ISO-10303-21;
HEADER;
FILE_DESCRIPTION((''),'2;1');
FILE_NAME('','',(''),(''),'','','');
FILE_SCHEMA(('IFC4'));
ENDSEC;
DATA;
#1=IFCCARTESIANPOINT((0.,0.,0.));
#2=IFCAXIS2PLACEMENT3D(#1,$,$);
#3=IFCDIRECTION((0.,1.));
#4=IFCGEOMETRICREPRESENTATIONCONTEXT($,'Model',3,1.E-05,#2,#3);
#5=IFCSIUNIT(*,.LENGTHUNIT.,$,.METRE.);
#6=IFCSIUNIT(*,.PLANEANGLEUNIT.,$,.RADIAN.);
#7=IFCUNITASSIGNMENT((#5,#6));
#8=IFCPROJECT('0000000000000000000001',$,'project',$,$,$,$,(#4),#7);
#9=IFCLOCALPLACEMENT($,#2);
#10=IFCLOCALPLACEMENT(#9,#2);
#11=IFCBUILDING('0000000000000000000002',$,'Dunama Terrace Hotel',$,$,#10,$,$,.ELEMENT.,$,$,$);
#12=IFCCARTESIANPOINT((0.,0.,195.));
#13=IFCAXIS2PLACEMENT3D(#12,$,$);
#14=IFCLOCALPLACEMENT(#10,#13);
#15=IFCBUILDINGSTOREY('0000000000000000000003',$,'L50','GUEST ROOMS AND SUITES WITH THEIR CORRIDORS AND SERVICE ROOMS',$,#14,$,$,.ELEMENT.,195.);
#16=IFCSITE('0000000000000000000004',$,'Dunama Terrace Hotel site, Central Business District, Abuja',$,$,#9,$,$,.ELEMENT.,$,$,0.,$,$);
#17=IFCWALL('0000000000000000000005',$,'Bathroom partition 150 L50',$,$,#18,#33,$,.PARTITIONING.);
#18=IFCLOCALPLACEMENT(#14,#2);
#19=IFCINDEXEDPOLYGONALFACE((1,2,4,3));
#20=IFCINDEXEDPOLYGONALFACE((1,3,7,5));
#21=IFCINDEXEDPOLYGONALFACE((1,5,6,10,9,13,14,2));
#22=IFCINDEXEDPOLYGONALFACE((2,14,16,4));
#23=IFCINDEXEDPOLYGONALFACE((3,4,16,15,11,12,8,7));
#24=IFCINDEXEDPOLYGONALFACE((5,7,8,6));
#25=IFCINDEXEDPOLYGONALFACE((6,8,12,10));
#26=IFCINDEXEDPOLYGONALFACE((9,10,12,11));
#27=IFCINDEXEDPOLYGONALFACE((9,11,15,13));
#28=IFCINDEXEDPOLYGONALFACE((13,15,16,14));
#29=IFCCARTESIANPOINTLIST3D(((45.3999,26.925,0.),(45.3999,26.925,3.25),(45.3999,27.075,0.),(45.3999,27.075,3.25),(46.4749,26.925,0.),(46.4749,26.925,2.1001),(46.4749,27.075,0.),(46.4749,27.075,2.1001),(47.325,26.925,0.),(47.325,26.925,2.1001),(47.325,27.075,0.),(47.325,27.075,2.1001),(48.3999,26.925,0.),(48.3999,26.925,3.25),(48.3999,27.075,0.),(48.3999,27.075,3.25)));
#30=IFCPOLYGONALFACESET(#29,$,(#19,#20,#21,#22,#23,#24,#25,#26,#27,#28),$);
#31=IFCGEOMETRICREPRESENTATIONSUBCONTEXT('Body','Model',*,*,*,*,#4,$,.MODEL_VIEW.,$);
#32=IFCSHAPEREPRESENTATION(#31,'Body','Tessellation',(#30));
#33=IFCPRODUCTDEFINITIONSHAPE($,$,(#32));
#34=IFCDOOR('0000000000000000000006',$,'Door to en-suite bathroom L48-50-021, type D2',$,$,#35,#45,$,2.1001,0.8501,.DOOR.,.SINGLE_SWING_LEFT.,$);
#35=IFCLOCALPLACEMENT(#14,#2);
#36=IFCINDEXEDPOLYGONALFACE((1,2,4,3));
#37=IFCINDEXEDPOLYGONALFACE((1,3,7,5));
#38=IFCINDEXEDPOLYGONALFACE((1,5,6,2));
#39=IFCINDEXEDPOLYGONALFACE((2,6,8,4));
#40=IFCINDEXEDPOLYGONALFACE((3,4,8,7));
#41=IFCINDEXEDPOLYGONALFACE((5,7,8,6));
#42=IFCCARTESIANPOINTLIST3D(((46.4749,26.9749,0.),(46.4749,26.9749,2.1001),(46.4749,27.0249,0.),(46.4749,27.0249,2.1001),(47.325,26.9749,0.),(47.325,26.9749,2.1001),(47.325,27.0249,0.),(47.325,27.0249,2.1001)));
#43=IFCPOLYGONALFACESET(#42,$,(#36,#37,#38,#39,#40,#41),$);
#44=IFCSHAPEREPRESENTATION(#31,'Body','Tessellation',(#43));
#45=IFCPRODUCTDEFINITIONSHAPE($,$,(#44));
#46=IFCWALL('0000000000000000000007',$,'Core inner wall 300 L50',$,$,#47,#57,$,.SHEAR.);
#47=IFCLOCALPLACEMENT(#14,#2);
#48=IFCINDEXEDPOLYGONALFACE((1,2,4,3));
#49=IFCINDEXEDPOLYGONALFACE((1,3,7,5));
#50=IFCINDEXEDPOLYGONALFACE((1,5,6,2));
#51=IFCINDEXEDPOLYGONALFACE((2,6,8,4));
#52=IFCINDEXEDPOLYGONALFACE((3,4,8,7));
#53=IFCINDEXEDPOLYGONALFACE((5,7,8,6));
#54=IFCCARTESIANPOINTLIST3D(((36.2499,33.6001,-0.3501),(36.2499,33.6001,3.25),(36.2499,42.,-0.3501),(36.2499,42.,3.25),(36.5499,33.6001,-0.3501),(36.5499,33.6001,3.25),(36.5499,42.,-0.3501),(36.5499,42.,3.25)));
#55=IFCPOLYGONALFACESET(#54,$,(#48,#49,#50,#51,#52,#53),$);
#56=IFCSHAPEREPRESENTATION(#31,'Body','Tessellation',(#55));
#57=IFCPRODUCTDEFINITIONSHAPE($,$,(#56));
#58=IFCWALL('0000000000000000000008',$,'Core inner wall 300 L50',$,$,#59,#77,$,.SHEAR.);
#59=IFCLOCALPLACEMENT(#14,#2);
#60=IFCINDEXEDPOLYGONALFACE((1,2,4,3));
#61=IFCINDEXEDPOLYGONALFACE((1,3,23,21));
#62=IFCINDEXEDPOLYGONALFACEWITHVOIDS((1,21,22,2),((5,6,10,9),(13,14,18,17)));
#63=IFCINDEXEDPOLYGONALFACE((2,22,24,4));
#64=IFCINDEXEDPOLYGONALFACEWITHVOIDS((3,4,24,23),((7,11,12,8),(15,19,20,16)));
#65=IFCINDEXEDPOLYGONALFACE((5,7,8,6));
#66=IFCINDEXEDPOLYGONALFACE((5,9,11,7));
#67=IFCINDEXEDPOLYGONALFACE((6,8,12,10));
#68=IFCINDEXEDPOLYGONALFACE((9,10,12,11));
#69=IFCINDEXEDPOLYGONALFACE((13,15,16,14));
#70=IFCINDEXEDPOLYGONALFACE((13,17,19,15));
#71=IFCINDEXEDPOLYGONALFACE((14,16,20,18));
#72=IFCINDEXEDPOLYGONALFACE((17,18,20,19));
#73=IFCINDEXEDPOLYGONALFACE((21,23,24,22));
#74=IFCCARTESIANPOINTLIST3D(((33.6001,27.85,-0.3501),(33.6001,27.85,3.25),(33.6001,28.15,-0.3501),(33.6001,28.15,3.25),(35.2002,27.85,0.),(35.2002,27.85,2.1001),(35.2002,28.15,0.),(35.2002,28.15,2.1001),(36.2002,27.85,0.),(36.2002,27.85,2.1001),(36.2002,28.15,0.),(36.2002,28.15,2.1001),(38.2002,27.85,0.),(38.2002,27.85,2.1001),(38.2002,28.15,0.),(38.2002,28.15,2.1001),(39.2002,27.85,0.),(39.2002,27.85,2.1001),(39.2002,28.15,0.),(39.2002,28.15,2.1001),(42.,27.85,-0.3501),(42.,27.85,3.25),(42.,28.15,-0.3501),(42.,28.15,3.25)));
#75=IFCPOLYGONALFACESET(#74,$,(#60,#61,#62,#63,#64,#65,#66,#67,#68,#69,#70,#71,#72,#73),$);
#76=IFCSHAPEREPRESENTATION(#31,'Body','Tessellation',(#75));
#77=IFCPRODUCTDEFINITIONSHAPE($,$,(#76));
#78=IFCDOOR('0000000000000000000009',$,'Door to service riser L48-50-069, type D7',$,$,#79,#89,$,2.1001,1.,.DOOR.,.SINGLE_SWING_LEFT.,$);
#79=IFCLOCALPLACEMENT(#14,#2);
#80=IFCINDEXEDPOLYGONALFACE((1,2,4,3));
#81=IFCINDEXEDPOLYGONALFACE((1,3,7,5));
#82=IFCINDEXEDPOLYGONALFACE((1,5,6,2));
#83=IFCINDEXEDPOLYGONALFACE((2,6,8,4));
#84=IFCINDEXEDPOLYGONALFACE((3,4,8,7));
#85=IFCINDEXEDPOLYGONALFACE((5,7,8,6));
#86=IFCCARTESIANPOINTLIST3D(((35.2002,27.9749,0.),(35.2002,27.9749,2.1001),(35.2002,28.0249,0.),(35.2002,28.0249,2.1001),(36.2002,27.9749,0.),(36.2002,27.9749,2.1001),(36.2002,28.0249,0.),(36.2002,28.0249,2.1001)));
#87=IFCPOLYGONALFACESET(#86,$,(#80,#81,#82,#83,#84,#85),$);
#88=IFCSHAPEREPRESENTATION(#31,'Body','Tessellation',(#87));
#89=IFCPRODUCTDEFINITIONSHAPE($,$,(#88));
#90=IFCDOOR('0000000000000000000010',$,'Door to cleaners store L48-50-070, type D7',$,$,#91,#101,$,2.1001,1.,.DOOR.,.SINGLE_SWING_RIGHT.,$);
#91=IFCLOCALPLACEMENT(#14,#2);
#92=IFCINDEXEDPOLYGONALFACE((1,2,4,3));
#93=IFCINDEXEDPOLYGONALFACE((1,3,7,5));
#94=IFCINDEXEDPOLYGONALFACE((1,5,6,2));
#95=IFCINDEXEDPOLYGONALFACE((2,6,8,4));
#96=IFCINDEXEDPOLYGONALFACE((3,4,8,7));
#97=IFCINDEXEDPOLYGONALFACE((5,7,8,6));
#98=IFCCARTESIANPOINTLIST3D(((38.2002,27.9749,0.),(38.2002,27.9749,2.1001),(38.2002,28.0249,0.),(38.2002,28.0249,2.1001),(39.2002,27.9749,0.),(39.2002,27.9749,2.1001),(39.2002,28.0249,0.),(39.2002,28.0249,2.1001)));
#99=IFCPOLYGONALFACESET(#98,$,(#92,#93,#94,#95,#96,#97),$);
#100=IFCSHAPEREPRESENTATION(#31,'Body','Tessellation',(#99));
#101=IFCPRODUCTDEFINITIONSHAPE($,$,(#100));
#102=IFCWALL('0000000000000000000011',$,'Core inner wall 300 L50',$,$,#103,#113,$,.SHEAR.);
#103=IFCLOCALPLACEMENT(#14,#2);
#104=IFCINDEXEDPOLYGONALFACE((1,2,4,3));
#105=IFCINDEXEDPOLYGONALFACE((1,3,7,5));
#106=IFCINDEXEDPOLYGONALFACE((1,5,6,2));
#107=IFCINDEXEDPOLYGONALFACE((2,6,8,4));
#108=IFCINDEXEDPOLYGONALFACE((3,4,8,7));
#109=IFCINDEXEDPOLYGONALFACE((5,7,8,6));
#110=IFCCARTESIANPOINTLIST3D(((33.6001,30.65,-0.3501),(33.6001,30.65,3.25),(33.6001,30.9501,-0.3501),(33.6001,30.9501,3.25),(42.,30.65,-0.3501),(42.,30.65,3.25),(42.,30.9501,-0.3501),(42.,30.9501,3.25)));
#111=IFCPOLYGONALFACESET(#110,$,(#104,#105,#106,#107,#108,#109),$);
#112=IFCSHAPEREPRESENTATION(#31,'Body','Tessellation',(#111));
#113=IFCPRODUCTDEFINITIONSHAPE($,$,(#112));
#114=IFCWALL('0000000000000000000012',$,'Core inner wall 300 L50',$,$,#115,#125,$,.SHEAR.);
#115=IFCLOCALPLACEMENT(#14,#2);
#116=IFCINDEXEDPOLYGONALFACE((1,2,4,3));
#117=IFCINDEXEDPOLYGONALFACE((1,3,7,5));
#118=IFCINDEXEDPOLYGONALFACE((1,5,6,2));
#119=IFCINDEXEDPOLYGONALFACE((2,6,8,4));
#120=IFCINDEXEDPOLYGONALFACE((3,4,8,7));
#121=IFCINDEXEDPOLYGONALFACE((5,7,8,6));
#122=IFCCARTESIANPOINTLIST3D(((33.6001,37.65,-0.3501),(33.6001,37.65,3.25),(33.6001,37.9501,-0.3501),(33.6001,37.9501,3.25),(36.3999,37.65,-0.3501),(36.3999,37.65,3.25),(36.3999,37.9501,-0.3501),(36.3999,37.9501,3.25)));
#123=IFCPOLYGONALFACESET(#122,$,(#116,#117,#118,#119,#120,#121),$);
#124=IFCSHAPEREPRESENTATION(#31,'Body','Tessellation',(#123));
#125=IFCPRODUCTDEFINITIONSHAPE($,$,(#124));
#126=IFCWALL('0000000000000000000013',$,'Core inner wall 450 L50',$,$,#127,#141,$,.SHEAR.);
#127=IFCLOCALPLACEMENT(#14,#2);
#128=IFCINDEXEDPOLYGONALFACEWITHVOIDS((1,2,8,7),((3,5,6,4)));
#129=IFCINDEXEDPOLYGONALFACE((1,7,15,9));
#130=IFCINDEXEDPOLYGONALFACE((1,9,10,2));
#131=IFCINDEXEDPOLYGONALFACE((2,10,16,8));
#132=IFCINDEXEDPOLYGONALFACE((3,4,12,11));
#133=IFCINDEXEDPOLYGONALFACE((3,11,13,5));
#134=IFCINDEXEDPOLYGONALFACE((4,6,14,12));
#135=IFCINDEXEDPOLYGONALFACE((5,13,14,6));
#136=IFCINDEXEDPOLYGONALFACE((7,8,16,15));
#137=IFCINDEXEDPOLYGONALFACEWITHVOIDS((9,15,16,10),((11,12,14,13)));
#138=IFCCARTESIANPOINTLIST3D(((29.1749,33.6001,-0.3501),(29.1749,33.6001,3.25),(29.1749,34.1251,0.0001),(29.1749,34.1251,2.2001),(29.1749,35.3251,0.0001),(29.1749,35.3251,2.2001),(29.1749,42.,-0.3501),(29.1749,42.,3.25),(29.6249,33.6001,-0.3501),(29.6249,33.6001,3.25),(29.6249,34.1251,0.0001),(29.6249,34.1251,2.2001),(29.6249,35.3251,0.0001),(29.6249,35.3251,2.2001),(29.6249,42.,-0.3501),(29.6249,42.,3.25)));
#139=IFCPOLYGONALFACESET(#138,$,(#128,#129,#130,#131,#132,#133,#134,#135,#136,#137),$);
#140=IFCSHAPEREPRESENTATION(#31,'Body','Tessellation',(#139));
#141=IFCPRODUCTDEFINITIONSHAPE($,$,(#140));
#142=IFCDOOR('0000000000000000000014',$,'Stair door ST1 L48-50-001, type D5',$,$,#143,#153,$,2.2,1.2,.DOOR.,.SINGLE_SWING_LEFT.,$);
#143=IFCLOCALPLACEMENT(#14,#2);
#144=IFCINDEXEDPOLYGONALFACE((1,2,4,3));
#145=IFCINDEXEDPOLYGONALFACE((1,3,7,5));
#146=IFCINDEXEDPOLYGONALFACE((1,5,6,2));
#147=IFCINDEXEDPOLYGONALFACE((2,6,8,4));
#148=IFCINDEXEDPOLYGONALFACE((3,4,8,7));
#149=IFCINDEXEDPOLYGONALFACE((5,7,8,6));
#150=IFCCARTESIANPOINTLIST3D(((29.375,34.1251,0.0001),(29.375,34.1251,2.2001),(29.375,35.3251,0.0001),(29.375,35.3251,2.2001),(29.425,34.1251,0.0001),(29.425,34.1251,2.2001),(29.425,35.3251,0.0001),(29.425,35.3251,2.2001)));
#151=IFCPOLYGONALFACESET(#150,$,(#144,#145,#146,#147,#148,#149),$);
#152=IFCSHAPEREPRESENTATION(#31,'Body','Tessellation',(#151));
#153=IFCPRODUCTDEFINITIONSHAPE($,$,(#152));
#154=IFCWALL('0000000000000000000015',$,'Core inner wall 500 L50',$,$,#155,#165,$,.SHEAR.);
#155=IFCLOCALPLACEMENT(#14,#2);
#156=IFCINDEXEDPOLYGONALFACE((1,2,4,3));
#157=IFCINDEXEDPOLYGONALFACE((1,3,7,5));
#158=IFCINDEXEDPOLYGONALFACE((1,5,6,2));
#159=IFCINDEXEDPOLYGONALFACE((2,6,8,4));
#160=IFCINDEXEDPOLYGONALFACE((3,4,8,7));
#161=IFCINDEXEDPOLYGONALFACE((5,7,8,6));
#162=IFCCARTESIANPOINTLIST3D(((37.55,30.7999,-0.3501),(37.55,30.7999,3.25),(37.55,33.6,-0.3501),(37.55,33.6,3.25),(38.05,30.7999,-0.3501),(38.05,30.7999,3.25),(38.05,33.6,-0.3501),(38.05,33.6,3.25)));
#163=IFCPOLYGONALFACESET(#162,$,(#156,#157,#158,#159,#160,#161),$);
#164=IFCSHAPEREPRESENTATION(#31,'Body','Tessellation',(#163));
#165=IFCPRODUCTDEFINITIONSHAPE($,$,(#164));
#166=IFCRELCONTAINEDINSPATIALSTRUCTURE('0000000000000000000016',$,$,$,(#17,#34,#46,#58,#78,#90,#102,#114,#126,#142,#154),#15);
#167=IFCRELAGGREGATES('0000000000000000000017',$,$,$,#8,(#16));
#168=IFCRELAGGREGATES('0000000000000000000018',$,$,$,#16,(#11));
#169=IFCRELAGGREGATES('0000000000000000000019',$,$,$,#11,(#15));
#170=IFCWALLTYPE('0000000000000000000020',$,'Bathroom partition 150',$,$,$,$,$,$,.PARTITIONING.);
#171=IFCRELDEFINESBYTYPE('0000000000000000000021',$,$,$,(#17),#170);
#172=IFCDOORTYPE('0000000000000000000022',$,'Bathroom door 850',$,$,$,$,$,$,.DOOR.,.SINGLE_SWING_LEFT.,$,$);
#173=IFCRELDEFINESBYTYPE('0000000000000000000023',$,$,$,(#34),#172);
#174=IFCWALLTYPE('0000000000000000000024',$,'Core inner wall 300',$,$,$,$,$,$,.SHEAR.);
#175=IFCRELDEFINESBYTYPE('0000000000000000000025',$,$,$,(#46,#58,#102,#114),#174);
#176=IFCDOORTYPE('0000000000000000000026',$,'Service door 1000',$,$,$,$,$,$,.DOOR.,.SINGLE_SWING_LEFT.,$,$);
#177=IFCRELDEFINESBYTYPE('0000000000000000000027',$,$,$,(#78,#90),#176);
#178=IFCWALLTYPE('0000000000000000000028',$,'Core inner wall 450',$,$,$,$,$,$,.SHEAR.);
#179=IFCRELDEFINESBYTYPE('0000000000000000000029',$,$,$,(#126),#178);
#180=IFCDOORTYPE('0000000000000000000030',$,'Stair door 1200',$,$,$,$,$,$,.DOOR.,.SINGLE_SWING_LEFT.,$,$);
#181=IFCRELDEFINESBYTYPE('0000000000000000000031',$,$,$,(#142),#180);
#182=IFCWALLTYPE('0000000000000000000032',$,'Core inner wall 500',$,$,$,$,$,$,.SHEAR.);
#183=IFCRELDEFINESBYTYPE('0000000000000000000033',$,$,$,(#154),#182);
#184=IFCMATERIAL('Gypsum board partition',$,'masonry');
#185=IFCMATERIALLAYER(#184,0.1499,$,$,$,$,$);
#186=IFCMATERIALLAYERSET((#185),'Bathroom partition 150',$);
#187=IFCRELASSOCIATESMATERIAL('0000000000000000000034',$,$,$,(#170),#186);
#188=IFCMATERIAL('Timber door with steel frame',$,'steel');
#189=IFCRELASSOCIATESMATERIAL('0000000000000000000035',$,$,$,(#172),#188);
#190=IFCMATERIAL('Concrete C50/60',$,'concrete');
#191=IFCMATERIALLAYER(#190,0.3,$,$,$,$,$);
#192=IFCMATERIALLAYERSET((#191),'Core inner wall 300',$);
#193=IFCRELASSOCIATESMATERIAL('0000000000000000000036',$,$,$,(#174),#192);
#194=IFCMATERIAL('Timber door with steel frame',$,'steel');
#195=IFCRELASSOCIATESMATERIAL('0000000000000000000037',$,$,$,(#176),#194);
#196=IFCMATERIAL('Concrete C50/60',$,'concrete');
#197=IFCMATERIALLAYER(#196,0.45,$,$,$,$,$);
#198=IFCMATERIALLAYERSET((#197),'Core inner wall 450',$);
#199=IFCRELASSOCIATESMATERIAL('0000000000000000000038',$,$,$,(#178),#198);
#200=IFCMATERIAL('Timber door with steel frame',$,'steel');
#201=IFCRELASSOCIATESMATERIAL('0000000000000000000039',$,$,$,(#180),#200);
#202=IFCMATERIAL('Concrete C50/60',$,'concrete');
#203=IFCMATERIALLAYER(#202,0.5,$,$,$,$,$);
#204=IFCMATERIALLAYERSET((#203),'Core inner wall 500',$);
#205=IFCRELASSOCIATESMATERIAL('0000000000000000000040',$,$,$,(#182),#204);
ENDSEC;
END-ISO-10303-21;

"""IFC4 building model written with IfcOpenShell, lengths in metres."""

from ifc_helpers import new_model, si_unit, direction, frame, frame_2d, origin, place, context, subcontext, project, spatial, rectangle, extrude, material, layer, layer_set, type_object, element, fill, save


model = new_model("IFC4")

# Units and contexts
model_context = context("Model", 3, precision=1e-05, world=origin(), true_north=direction((0.0, 1.0)))
body_context = subcontext(model_context, "Body", "Model", "MODEL_VIEW")
ifc_project = project(units=[si_unit("LENGTHUNIT", "METRE"), si_unit("PLANEANGLEUNIT", "RADIAN")], contexts=[model_context])

# Site, building, storey
site_placement = place(None, origin())
site = spatial("IfcSite", under=ifc_project, at=site_placement, Name="Dunama Terrace Hotel site, Central Business District, Abuja", CompositionType="ELEMENT", RefElevation=0.0)
building_placement = place(site_placement, origin())
building = spatial("IfcBuilding", under=site, at=building_placement, Name="Dunama Terrace Hotel", CompositionType="ELEMENT")
storey_placement = place(building_placement, frame((0.0, 0.0, 195.0)))
storey = spatial("IfcBuildingStorey", under=building, at=storey_placement, Name="L50", Description="GUEST ROOMS AND SUITES WITH THEIR CORRIDORS AND SERVICE ROOMS", CompositionType="ELEMENT", Elevation=195.0)

# Wall, opening, door
ifc_material_1 = material(Name="Gypsum board partition", Category="masonry")
ifc_layer_1 = layer(ifc_material_1, 0.1499)
ifc_layer_set_1 = layer_set([ifc_layer_1], Name="Bathroom partition 150")
wall_type_1 = type_object("IfcWallType", Name="Bathroom partition 150", PredefinedType="PARTITIONING", material=ifc_layer_set_1)
wall_1_placement = place(storey_placement, frame((45.3999, 27.0, 0.0), z_axis=(0.0, 0.0, 1.0), x_axis=(1.0, 0.0, 0.0)))
wall_1 = element("IfcWall", 1, at=wall_1_placement, inside=storey, type_object=wall_type_1, Name="Bathroom partition 150 L50", PredefinedType="PARTITIONING", context=body_context, shape_type="SweptSolid", body=[
    extrude(rectangle(XDim=3.0, YDim=0.1499, at=frame_2d((1.5, 0.0))), origin(), (0.0, 0.0, 1.0), 3.25),
])
opening_1_placement = place(wall_1_placement, frame((1.075, 0.0, 0.0)))
opening_1 = element("IfcOpeningElement", 2, at=opening_1_placement, cuts=wall_1, PredefinedType="OPENING", context=body_context, shape_type="SweptSolid", body=[
    extrude(rectangle(XDim=0.8501, YDim=2.1001, at=frame_2d((0.425, 1.05))), frame((0.0, 0.085, 0.0), z_axis=(0.0, -1.0, 0.0), x_axis=(1.0, 0.0, 0.0)), (0.0, 0.0, 1.0), 0.1699),
])
ifc_material_2 = material(Name="Timber door with steel frame", Category="steel")
door_type_1 = type_object("IfcDoorType", Name="Bathroom door 850", OperationType="SINGLE_SWING_LEFT", PredefinedType="DOOR", material=ifc_material_2)
door_1_placement = place(opening_1_placement, origin())
door_1 = element("IfcDoor", 3, at=door_1_placement, inside=storey, type_object=door_type_1, Name="Door to en-suite bathroom L48-50-021, type D2", OperationType="SINGLE_SWING_LEFT", OverallHeight=2.1001, OverallWidth=0.8501, PredefinedType="DOOR", context=body_context, shape_type="SweptSolid", body=[
    extrude(rectangle(XDim=0.8501, YDim=2.1001, at=frame_2d((0.425, 1.05))), frame((0.0, 0.0249, 0.0), z_axis=(0.0, -1.0, 0.0), x_axis=(1.0, 0.0, 0.0)), (0.0, 0.0, 1.0), 0.05),
])
fill(opening_1, door_1)

# Wall
ifc_material_3 = material(Name="Concrete C50/60", Category="concrete")
ifc_layer_2 = layer(ifc_material_3, 0.3)
ifc_layer_set_2 = layer_set([ifc_layer_2], Name="Core inner wall 300")
wall_type_2 = type_object("IfcWallType", Name="Core inner wall 300", PredefinedType="SHEAR", material=ifc_layer_set_2)
wall_2_placement = place(storey_placement, frame((36.3999, 33.6001, -0.3501), z_axis=(0.0, 0.0, 1.0), x_axis=(0.0, 1.0, 0.0)))
element("IfcWall", 4, at=wall_2_placement, inside=storey, type_object=wall_type_2, Name="Core inner wall 300 L50", PredefinedType="SHEAR", context=body_context, shape_type="SweptSolid", body=[
    extrude(rectangle(XDim=8.3999, YDim=0.3, at=frame_2d((4.2, 0.0))), origin(), (0.0, 0.0, 1.0), 3.6001),
])

# Wall, openings, doors
wall_3_placement = place(storey_placement, frame((33.6001, 28.0, -0.3501), z_axis=(0.0, 0.0, 1.0), x_axis=(1.0, 0.0, 0.0)))
wall_3 = element("IfcWall", 5, at=wall_3_placement, inside=storey, type_object=wall_type_2, Name="Core inner wall 300 L50", PredefinedType="SHEAR", context=body_context, shape_type="SweptSolid", body=[
    extrude(rectangle(XDim=8.3999, YDim=0.3, at=frame_2d((4.2, 0.0))), origin(), (0.0, 0.0, 1.0), 3.6001),
])
opening_2_placement = place(wall_3_placement, frame((1.6001, 0.0, 0.3501)))
opening_2 = element("IfcOpeningElement", 6, at=opening_2_placement, cuts=wall_3, PredefinedType="OPENING", context=body_context, shape_type="SweptSolid", body=[
    extrude(rectangle(XDim=1.0, YDim=2.1001, at=frame_2d((0.5, 1.05))), frame((0.0, 0.1599, 0.0), z_axis=(0.0, -1.0, 0.0), x_axis=(1.0, 0.0, 0.0)), (0.0, 0.0, 1.0), 0.3201),
])
opening_3_placement = place(wall_3_placement, frame((4.6001, 0.0, 0.3501)))
opening_3 = element("IfcOpeningElement", 7, at=opening_3_placement, cuts=wall_3, PredefinedType="OPENING", context=body_context, shape_type="SweptSolid", body=[
    extrude(rectangle(XDim=1.0, YDim=2.1001, at=frame_2d((0.5, 1.05))), frame((0.0, 0.1599, 0.0), z_axis=(0.0, -1.0, 0.0), x_axis=(1.0, 0.0, 0.0)), (0.0, 0.0, 1.0), 0.3201),
])
ifc_material_4 = material(Name="Timber door with steel frame", Category="steel")
door_type_2 = type_object("IfcDoorType", Name="Service door 1000", OperationType="SINGLE_SWING_LEFT", PredefinedType="DOOR", material=ifc_material_4)
door_2_placement = place(opening_2_placement, frame((1.0, 0.0, 0.0), z_axis=(0.0, 0.0, 1.0), x_axis=(-1.0, 0.0, 0.0)))
door_2 = element("IfcDoor", 8, at=door_2_placement, inside=storey, type_object=door_type_2, Name="Door to service riser L48-50-069, type D7", OperationType="SINGLE_SWING_LEFT", OverallHeight=2.1001, OverallWidth=1.0, PredefinedType="DOOR", context=body_context, shape_type="SweptSolid", body=[
    extrude(rectangle(XDim=1.0, YDim=2.1001, at=frame_2d((0.5, 1.05))), frame((0.0, 0.0251, 0.0), z_axis=(0.0, -1.0, 0.0), x_axis=(1.0, 0.0, 0.0)), (0.0, 0.0, 1.0), 0.05),
])
fill(opening_2, door_2)
door_3_placement = place(opening_3_placement, frame((1.0, 0.0, 0.0), z_axis=(0.0, 0.0, 1.0), x_axis=(-1.0, 0.0, 0.0)))
door_3 = element("IfcDoor", 9, at=door_3_placement, inside=storey, type_object=door_type_2, Name="Door to cleaners store L48-50-070, type D7", OperationType="SINGLE_SWING_RIGHT", OverallHeight=2.1001, OverallWidth=1.0, PredefinedType="DOOR", context=body_context, shape_type="SweptSolid", body=[
    extrude(rectangle(XDim=1.0, YDim=2.1001, at=frame_2d((0.5, 1.05))), frame((0.0, 0.0251, 0.0), z_axis=(0.0, -1.0, 0.0), x_axis=(1.0, 0.0, 0.0)), (0.0, 0.0, 1.0), 0.05),
])
fill(opening_3, door_3)

# Walls
wall_4_placement = place(storey_placement, frame((33.6001, 30.8, -0.3501), z_axis=(0.0, 0.0, 1.0), x_axis=(1.0, 0.0, 0.0)))
element("IfcWall", 10, at=wall_4_placement, inside=storey, type_object=wall_type_2, Name="Core inner wall 300 L50", PredefinedType="SHEAR", context=body_context, shape_type="SweptSolid", body=[
    extrude(rectangle(XDim=8.3999, YDim=0.3, at=frame_2d((4.2, 0.0))), origin(), (0.0, 0.0, 1.0), 3.6001),
])
wall_5_placement = place(storey_placement, frame((33.6001, 37.8, -0.3501), z_axis=(0.0, 0.0, 1.0), x_axis=(1.0, 0.0, 0.0)))
element("IfcWall", 11, at=wall_5_placement, inside=storey, type_object=wall_type_2, Name="Core inner wall 300 L50", PredefinedType="SHEAR", context=body_context, shape_type="SweptSolid", body=[
    extrude(rectangle(XDim=2.7998, YDim=0.3, at=frame_2d((1.3999, 0.0))), origin(), (0.0, 0.0, 1.0), 3.6001),
])

# Wall, opening, door
ifc_material_5 = material(Name="Concrete C50/60", Category="concrete")
ifc_layer_3 = layer(ifc_material_5, 0.45)
ifc_layer_set_3 = layer_set([ifc_layer_3], Name="Core inner wall 450")
wall_type_3 = type_object("IfcWallType", Name="Core inner wall 450", PredefinedType="SHEAR", material=ifc_layer_set_3)
wall_6_placement = place(storey_placement, frame((29.3999, 33.6001, -0.3501), z_axis=(0.0, 0.0, 1.0), x_axis=(0.0, 1.0, 0.0)))
wall_6 = element("IfcWall", 12, at=wall_6_placement, inside=storey, type_object=wall_type_3, Name="Core inner wall 450 L50", PredefinedType="SHEAR", context=body_context, shape_type="SweptSolid", body=[
    extrude(rectangle(XDim=8.3999, YDim=0.45, at=frame_2d((4.2, 0.0))), origin(), (0.0, 0.0, 1.0), 3.6001),
])
opening_4_placement = place(wall_6_placement, frame((0.5249, 0.0, 0.3501)))
opening_4 = element("IfcOpeningElement", 13, at=opening_4_placement, cuts=wall_6, PredefinedType="OPENING", context=body_context, shape_type="SweptSolid", body=[
    extrude(rectangle(XDim=1.2, YDim=2.2, at=frame_2d((0.6001, 1.1001))), frame((0.0, 0.2349, 0.0), z_axis=(0.0, -1.0, 0.0), x_axis=(1.0, 0.0, 0.0)), (0.0, 0.0, 1.0), 0.47),
])
ifc_material_6 = material(Name="Timber door with steel frame", Category="steel")
door_type_3 = type_object("IfcDoorType", Name="Stair door 1200", OperationType="SINGLE_SWING_LEFT", PredefinedType="DOOR", material=ifc_material_6)
door_4_placement = place(opening_4_placement, origin())
door_4 = element("IfcDoor", 14, at=door_4_placement, inside=storey, type_object=door_type_3, Name="Stair door ST1 L48-50-001, type D5", OperationType="SINGLE_SWING_LEFT", OverallHeight=2.2, OverallWidth=1.2, PredefinedType="DOOR", context=body_context, shape_type="SweptSolid", body=[
    extrude(rectangle(XDim=1.2, YDim=2.2, at=frame_2d((0.6001, 1.1001))), frame((0.0, 0.0249, 0.0), z_axis=(0.0, -1.0, 0.0), x_axis=(1.0, 0.0, 0.0)), (0.0, 0.0, 1.0), 0.05),
])
fill(opening_4, door_4)

# Wall
ifc_material_7 = material(Name="Concrete C50/60", Category="concrete")
ifc_layer_4 = layer(ifc_material_7, 0.5)
ifc_layer_set_4 = layer_set([ifc_layer_4], Name="Core inner wall 500")
wall_type_4 = type_object("IfcWallType", Name="Core inner wall 500", PredefinedType="SHEAR", material=ifc_layer_set_4)
wall_7_placement = place(storey_placement, frame((37.8, 30.8, -0.3501), z_axis=(0.0, 0.0, 1.0), x_axis=(0.0, 1.0, 0.0)))
element("IfcWall", 15, at=wall_7_placement, inside=storey, type_object=wall_type_4, Name="Core inner wall 500 L50", PredefinedType="SHEAR", context=body_context, shape_type="SweptSolid", body=[
    extrude(rectangle(XDim=2.8, YDim=0.5, at=frame_2d((1.3999, 0.0))), origin(), (0.0, 0.0, 1.0), 3.6001),
])

save(model, "model.ifc")
